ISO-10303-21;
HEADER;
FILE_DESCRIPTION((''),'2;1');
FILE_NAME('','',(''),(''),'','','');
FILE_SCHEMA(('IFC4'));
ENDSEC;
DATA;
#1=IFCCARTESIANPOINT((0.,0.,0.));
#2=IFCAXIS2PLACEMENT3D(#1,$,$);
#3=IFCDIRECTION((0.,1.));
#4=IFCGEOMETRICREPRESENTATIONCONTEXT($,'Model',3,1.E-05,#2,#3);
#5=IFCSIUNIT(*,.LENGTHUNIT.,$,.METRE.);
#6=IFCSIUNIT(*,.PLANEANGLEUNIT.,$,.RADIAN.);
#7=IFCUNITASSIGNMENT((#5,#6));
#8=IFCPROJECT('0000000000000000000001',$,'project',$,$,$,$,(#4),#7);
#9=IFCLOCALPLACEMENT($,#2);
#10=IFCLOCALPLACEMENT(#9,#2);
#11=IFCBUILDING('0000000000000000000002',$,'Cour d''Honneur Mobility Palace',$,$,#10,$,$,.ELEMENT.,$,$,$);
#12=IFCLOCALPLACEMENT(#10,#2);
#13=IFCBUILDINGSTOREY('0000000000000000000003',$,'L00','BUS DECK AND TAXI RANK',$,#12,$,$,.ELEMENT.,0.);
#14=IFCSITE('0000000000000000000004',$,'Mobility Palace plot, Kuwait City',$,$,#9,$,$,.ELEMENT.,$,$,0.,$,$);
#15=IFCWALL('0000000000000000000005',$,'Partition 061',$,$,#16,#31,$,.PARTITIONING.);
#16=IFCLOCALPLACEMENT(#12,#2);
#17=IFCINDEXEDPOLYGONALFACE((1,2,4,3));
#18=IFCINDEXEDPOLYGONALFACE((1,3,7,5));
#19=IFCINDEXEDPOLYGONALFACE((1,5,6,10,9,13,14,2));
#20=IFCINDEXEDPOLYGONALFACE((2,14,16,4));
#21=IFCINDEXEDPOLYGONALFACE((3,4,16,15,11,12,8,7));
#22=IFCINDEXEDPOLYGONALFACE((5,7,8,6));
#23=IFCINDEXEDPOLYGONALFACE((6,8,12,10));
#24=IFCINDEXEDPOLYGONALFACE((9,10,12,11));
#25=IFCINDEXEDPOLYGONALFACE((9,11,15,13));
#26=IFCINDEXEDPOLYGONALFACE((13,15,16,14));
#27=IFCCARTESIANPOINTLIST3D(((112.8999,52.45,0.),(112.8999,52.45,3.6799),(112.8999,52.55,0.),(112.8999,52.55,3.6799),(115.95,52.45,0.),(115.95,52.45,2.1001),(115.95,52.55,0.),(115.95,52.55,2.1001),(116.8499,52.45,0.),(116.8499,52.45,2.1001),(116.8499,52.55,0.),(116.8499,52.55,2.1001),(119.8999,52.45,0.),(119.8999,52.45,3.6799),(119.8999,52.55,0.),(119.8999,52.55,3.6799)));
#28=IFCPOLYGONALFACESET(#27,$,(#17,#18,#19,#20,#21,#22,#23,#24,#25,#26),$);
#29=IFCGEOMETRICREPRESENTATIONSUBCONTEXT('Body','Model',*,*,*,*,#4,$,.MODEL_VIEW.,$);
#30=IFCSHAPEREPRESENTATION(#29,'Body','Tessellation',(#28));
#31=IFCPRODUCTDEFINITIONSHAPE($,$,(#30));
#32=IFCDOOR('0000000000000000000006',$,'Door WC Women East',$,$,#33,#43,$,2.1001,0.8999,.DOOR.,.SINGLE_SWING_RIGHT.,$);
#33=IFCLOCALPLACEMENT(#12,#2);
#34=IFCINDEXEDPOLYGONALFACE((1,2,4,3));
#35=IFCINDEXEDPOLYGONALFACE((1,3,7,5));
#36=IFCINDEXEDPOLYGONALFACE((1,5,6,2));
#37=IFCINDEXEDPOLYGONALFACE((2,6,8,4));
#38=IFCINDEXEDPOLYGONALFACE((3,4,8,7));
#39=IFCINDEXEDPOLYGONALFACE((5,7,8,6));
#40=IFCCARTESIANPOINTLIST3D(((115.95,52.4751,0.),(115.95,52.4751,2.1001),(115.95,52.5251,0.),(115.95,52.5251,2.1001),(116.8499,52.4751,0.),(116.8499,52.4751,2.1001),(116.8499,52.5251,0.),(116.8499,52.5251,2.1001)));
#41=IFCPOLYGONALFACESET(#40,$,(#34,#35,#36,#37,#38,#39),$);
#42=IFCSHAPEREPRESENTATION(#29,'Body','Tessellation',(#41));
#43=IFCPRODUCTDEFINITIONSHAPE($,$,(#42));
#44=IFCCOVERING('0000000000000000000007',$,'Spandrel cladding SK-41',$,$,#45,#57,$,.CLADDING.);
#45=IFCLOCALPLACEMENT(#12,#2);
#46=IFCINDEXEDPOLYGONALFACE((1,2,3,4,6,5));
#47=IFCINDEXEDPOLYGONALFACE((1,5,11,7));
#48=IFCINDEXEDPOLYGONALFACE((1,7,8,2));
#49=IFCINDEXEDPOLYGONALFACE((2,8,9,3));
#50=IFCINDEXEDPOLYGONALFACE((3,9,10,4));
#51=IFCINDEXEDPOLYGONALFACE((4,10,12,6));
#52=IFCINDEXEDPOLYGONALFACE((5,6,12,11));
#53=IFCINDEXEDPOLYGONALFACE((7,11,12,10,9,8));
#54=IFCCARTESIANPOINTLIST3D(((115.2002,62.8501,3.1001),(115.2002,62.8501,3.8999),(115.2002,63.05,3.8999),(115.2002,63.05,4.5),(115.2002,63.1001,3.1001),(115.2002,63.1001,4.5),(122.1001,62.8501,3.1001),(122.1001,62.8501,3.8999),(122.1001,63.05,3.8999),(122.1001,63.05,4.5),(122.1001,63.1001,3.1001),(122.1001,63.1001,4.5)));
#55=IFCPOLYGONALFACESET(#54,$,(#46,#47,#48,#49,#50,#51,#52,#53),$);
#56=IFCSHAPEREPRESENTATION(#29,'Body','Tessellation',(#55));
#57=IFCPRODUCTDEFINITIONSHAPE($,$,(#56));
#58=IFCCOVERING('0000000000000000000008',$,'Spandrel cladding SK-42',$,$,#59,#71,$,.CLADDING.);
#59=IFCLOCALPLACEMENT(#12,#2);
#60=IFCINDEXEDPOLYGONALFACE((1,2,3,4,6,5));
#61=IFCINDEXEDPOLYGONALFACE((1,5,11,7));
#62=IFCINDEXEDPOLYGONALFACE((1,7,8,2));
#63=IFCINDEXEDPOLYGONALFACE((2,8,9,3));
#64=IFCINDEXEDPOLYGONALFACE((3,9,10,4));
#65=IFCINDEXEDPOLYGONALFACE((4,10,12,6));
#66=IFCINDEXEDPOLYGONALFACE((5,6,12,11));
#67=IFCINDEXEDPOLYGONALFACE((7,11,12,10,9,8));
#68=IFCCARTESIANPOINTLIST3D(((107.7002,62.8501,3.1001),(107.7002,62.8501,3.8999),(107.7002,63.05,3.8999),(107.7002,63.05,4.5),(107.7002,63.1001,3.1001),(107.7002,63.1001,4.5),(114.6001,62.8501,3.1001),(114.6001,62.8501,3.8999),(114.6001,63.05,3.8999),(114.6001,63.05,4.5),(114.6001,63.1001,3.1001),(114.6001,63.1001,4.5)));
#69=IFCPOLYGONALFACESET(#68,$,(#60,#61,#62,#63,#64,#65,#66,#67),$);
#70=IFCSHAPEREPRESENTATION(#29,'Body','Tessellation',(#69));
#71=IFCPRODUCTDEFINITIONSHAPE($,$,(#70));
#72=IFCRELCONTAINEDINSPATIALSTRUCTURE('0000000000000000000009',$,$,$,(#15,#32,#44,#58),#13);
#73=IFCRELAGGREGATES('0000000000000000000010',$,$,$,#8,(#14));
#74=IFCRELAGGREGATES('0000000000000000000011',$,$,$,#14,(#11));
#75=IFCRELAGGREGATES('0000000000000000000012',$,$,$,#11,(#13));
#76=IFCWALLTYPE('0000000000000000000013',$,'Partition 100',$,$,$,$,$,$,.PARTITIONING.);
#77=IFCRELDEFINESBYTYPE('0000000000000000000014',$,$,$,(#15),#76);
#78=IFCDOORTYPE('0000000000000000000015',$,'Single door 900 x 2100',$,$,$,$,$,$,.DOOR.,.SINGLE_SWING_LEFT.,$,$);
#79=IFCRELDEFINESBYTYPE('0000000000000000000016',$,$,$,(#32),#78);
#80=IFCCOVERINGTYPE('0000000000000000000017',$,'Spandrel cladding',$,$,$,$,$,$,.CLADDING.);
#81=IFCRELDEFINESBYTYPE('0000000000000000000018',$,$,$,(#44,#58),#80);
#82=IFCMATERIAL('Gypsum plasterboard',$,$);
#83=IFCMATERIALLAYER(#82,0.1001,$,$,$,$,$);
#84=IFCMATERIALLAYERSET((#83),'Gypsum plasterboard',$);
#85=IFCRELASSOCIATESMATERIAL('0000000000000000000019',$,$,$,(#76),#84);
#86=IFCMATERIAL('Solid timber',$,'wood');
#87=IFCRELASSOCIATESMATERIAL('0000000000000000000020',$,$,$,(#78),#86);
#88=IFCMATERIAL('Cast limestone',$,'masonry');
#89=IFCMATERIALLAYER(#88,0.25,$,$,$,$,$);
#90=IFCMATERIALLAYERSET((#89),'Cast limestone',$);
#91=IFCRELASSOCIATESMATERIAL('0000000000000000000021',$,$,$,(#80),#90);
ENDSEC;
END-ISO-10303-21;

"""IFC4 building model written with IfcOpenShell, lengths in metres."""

from ifc_helpers import new_model, si_unit, direction, frame, frame_2d, origin, place, context, subcontext, project, spatial, polyline, rectangle, outline, extrude, material, layer, layer_set, type_object, element, fill, save


model = new_model("IFC4")

# Units and contexts
model_context = context("Model", 3, precision=1e-05, world=origin(), true_north=direction((0.0, 1.0)))
body_context = subcontext(model_context, "Body", "Model", "MODEL_VIEW")
ifc_project = project(units=[si_unit("LENGTHUNIT", "METRE"), si_unit("PLANEANGLEUNIT", "RADIAN")], contexts=[model_context])

# Site, building, storey
site_placement = place(None, origin())
site = spatial("IfcSite", under=ifc_project, at=site_placement, Name="Mobility Palace plot, Kuwait City", CompositionType="ELEMENT", RefElevation=0.0)
building_placement = place(site_placement, origin())
building = spatial("IfcBuilding", under=site, at=building_placement, Name="Cour d'Honneur Mobility Palace", CompositionType="ELEMENT")
storey_placement = place(building_placement, origin())
storey = spatial("IfcBuildingStorey", under=building, at=storey_placement, Name="L00", Description="BUS DECK AND TAXI RANK", CompositionType="ELEMENT", Elevation=0.0)

# Wall, opening, door
ifc_material_1 = material(Name="Gypsum plasterboard")
ifc_layer_1 = layer(ifc_material_1, 0.1001)
ifc_layer_set_1 = layer_set([ifc_layer_1], Name="Gypsum plasterboard")
wall_type_1 = type_object("IfcWallType", Name="Partition 100", PredefinedType="PARTITIONING", material=ifc_layer_set_1)
wall_1_placement = place(storey_placement, frame((119.8999, 52.5, 0.0), z_axis=(0.0, 0.0, 1.0), x_axis=(-1.0, 0.0, 0.0)))
wall_1 = element("IfcWall", 1, at=wall_1_placement, inside=storey, type_object=wall_type_1, Name="Partition 061", PredefinedType="PARTITIONING", context=body_context, shape_type="SweptSolid", body=[
    extrude(rectangle(XDim=7.0, YDim=0.1001, at=frame_2d((3.5, 0.0))), origin(), (0.0, 0.0, 1.0), 3.6799),
])
opening_1_placement = place(wall_1_placement, frame((3.05, 0.0, 0.0)))
opening_1 = element("IfcOpeningElement", 2, at=opening_1_placement, cuts=wall_1, PredefinedType="OPENING", context=body_context, shape_type="SweptSolid", body=[
    extrude(rectangle(XDim=0.8999, YDim=2.1001, at=frame_2d((0.45, 1.05))), frame((0.0, 0.0601, 0.0), z_axis=(0.0, -1.0, 0.0), x_axis=(1.0, 0.0, 0.0)), (0.0, 0.0, 1.0), 0.1201),
])
ifc_material_2 = material(Name="Solid timber", Category="wood")
door_type_1 = type_object("IfcDoorType", Name="Single door 900 x 2100", OperationType="SINGLE_SWING_LEFT", PredefinedType="DOOR", material=ifc_material_2)
door_1_placement = place(opening_1_placement, origin())
door_1 = element("IfcDoor", 3, at=door_1_placement, inside=storey, type_object=door_type_1, Name="Door WC Women East", OperationType="SINGLE_SWING_RIGHT", OverallHeight=2.1001, OverallWidth=0.8999, PredefinedType="DOOR", context=body_context, shape_type="SweptSolid", body=[
    extrude(rectangle(XDim=0.8999, YDim=2.1001, at=frame_2d((0.45, 1.05))), frame((0.0, 0.0249, 0.0), z_axis=(0.0, -1.0, 0.0), x_axis=(1.0, 0.0, 0.0)), (0.0, 0.0, 1.0), 0.05),
])
fill(opening_1, door_1)

# Coverings
ifc_material_3 = material(Name="Cast limestone", Category="masonry")
ifc_layer_2 = layer(ifc_material_3, 0.25)
ifc_layer_set_2 = layer_set([ifc_layer_2], Name="Cast limestone")
covering_type = type_object("IfcCoveringType", Name="Spandrel cladding", PredefinedType="CLADDING", material=ifc_layer_set_2)
for number, where, z_axis, x_axis, name in (
    (4, (122.1001, 62.8501, 3.1001), (1.0, 0.0, 0.0), (0.0, 1.0, 0.0), "Spandrel cladding SK-41"),
    (5, (114.6001, 62.8501, 3.1001), (1.0, 0.0, 0.0), (0.0, 1.0, 0.0), "Spandrel cladding SK-42"),
):
    element("IfcCovering", number, at=place(storey_placement, frame(where, z_axis=z_axis, x_axis=x_axis)), inside=storey, type_object=covering_type, Name=name, PredefinedType="CLADDING", context=body_context, shape_type="SweptSolid", body=[
        extrude(outline(polyline([(0.0, 0.0), (0.25, 0.0), (0.25, 1.3999), (0.2, 1.3999), (0.2, 0.7998), (0.0, 0.7998), (0.0, 0.0)])), origin(), (0.0, 0.0, -1.0), 6.8999),
    ])

save(model, "model.ifc")
